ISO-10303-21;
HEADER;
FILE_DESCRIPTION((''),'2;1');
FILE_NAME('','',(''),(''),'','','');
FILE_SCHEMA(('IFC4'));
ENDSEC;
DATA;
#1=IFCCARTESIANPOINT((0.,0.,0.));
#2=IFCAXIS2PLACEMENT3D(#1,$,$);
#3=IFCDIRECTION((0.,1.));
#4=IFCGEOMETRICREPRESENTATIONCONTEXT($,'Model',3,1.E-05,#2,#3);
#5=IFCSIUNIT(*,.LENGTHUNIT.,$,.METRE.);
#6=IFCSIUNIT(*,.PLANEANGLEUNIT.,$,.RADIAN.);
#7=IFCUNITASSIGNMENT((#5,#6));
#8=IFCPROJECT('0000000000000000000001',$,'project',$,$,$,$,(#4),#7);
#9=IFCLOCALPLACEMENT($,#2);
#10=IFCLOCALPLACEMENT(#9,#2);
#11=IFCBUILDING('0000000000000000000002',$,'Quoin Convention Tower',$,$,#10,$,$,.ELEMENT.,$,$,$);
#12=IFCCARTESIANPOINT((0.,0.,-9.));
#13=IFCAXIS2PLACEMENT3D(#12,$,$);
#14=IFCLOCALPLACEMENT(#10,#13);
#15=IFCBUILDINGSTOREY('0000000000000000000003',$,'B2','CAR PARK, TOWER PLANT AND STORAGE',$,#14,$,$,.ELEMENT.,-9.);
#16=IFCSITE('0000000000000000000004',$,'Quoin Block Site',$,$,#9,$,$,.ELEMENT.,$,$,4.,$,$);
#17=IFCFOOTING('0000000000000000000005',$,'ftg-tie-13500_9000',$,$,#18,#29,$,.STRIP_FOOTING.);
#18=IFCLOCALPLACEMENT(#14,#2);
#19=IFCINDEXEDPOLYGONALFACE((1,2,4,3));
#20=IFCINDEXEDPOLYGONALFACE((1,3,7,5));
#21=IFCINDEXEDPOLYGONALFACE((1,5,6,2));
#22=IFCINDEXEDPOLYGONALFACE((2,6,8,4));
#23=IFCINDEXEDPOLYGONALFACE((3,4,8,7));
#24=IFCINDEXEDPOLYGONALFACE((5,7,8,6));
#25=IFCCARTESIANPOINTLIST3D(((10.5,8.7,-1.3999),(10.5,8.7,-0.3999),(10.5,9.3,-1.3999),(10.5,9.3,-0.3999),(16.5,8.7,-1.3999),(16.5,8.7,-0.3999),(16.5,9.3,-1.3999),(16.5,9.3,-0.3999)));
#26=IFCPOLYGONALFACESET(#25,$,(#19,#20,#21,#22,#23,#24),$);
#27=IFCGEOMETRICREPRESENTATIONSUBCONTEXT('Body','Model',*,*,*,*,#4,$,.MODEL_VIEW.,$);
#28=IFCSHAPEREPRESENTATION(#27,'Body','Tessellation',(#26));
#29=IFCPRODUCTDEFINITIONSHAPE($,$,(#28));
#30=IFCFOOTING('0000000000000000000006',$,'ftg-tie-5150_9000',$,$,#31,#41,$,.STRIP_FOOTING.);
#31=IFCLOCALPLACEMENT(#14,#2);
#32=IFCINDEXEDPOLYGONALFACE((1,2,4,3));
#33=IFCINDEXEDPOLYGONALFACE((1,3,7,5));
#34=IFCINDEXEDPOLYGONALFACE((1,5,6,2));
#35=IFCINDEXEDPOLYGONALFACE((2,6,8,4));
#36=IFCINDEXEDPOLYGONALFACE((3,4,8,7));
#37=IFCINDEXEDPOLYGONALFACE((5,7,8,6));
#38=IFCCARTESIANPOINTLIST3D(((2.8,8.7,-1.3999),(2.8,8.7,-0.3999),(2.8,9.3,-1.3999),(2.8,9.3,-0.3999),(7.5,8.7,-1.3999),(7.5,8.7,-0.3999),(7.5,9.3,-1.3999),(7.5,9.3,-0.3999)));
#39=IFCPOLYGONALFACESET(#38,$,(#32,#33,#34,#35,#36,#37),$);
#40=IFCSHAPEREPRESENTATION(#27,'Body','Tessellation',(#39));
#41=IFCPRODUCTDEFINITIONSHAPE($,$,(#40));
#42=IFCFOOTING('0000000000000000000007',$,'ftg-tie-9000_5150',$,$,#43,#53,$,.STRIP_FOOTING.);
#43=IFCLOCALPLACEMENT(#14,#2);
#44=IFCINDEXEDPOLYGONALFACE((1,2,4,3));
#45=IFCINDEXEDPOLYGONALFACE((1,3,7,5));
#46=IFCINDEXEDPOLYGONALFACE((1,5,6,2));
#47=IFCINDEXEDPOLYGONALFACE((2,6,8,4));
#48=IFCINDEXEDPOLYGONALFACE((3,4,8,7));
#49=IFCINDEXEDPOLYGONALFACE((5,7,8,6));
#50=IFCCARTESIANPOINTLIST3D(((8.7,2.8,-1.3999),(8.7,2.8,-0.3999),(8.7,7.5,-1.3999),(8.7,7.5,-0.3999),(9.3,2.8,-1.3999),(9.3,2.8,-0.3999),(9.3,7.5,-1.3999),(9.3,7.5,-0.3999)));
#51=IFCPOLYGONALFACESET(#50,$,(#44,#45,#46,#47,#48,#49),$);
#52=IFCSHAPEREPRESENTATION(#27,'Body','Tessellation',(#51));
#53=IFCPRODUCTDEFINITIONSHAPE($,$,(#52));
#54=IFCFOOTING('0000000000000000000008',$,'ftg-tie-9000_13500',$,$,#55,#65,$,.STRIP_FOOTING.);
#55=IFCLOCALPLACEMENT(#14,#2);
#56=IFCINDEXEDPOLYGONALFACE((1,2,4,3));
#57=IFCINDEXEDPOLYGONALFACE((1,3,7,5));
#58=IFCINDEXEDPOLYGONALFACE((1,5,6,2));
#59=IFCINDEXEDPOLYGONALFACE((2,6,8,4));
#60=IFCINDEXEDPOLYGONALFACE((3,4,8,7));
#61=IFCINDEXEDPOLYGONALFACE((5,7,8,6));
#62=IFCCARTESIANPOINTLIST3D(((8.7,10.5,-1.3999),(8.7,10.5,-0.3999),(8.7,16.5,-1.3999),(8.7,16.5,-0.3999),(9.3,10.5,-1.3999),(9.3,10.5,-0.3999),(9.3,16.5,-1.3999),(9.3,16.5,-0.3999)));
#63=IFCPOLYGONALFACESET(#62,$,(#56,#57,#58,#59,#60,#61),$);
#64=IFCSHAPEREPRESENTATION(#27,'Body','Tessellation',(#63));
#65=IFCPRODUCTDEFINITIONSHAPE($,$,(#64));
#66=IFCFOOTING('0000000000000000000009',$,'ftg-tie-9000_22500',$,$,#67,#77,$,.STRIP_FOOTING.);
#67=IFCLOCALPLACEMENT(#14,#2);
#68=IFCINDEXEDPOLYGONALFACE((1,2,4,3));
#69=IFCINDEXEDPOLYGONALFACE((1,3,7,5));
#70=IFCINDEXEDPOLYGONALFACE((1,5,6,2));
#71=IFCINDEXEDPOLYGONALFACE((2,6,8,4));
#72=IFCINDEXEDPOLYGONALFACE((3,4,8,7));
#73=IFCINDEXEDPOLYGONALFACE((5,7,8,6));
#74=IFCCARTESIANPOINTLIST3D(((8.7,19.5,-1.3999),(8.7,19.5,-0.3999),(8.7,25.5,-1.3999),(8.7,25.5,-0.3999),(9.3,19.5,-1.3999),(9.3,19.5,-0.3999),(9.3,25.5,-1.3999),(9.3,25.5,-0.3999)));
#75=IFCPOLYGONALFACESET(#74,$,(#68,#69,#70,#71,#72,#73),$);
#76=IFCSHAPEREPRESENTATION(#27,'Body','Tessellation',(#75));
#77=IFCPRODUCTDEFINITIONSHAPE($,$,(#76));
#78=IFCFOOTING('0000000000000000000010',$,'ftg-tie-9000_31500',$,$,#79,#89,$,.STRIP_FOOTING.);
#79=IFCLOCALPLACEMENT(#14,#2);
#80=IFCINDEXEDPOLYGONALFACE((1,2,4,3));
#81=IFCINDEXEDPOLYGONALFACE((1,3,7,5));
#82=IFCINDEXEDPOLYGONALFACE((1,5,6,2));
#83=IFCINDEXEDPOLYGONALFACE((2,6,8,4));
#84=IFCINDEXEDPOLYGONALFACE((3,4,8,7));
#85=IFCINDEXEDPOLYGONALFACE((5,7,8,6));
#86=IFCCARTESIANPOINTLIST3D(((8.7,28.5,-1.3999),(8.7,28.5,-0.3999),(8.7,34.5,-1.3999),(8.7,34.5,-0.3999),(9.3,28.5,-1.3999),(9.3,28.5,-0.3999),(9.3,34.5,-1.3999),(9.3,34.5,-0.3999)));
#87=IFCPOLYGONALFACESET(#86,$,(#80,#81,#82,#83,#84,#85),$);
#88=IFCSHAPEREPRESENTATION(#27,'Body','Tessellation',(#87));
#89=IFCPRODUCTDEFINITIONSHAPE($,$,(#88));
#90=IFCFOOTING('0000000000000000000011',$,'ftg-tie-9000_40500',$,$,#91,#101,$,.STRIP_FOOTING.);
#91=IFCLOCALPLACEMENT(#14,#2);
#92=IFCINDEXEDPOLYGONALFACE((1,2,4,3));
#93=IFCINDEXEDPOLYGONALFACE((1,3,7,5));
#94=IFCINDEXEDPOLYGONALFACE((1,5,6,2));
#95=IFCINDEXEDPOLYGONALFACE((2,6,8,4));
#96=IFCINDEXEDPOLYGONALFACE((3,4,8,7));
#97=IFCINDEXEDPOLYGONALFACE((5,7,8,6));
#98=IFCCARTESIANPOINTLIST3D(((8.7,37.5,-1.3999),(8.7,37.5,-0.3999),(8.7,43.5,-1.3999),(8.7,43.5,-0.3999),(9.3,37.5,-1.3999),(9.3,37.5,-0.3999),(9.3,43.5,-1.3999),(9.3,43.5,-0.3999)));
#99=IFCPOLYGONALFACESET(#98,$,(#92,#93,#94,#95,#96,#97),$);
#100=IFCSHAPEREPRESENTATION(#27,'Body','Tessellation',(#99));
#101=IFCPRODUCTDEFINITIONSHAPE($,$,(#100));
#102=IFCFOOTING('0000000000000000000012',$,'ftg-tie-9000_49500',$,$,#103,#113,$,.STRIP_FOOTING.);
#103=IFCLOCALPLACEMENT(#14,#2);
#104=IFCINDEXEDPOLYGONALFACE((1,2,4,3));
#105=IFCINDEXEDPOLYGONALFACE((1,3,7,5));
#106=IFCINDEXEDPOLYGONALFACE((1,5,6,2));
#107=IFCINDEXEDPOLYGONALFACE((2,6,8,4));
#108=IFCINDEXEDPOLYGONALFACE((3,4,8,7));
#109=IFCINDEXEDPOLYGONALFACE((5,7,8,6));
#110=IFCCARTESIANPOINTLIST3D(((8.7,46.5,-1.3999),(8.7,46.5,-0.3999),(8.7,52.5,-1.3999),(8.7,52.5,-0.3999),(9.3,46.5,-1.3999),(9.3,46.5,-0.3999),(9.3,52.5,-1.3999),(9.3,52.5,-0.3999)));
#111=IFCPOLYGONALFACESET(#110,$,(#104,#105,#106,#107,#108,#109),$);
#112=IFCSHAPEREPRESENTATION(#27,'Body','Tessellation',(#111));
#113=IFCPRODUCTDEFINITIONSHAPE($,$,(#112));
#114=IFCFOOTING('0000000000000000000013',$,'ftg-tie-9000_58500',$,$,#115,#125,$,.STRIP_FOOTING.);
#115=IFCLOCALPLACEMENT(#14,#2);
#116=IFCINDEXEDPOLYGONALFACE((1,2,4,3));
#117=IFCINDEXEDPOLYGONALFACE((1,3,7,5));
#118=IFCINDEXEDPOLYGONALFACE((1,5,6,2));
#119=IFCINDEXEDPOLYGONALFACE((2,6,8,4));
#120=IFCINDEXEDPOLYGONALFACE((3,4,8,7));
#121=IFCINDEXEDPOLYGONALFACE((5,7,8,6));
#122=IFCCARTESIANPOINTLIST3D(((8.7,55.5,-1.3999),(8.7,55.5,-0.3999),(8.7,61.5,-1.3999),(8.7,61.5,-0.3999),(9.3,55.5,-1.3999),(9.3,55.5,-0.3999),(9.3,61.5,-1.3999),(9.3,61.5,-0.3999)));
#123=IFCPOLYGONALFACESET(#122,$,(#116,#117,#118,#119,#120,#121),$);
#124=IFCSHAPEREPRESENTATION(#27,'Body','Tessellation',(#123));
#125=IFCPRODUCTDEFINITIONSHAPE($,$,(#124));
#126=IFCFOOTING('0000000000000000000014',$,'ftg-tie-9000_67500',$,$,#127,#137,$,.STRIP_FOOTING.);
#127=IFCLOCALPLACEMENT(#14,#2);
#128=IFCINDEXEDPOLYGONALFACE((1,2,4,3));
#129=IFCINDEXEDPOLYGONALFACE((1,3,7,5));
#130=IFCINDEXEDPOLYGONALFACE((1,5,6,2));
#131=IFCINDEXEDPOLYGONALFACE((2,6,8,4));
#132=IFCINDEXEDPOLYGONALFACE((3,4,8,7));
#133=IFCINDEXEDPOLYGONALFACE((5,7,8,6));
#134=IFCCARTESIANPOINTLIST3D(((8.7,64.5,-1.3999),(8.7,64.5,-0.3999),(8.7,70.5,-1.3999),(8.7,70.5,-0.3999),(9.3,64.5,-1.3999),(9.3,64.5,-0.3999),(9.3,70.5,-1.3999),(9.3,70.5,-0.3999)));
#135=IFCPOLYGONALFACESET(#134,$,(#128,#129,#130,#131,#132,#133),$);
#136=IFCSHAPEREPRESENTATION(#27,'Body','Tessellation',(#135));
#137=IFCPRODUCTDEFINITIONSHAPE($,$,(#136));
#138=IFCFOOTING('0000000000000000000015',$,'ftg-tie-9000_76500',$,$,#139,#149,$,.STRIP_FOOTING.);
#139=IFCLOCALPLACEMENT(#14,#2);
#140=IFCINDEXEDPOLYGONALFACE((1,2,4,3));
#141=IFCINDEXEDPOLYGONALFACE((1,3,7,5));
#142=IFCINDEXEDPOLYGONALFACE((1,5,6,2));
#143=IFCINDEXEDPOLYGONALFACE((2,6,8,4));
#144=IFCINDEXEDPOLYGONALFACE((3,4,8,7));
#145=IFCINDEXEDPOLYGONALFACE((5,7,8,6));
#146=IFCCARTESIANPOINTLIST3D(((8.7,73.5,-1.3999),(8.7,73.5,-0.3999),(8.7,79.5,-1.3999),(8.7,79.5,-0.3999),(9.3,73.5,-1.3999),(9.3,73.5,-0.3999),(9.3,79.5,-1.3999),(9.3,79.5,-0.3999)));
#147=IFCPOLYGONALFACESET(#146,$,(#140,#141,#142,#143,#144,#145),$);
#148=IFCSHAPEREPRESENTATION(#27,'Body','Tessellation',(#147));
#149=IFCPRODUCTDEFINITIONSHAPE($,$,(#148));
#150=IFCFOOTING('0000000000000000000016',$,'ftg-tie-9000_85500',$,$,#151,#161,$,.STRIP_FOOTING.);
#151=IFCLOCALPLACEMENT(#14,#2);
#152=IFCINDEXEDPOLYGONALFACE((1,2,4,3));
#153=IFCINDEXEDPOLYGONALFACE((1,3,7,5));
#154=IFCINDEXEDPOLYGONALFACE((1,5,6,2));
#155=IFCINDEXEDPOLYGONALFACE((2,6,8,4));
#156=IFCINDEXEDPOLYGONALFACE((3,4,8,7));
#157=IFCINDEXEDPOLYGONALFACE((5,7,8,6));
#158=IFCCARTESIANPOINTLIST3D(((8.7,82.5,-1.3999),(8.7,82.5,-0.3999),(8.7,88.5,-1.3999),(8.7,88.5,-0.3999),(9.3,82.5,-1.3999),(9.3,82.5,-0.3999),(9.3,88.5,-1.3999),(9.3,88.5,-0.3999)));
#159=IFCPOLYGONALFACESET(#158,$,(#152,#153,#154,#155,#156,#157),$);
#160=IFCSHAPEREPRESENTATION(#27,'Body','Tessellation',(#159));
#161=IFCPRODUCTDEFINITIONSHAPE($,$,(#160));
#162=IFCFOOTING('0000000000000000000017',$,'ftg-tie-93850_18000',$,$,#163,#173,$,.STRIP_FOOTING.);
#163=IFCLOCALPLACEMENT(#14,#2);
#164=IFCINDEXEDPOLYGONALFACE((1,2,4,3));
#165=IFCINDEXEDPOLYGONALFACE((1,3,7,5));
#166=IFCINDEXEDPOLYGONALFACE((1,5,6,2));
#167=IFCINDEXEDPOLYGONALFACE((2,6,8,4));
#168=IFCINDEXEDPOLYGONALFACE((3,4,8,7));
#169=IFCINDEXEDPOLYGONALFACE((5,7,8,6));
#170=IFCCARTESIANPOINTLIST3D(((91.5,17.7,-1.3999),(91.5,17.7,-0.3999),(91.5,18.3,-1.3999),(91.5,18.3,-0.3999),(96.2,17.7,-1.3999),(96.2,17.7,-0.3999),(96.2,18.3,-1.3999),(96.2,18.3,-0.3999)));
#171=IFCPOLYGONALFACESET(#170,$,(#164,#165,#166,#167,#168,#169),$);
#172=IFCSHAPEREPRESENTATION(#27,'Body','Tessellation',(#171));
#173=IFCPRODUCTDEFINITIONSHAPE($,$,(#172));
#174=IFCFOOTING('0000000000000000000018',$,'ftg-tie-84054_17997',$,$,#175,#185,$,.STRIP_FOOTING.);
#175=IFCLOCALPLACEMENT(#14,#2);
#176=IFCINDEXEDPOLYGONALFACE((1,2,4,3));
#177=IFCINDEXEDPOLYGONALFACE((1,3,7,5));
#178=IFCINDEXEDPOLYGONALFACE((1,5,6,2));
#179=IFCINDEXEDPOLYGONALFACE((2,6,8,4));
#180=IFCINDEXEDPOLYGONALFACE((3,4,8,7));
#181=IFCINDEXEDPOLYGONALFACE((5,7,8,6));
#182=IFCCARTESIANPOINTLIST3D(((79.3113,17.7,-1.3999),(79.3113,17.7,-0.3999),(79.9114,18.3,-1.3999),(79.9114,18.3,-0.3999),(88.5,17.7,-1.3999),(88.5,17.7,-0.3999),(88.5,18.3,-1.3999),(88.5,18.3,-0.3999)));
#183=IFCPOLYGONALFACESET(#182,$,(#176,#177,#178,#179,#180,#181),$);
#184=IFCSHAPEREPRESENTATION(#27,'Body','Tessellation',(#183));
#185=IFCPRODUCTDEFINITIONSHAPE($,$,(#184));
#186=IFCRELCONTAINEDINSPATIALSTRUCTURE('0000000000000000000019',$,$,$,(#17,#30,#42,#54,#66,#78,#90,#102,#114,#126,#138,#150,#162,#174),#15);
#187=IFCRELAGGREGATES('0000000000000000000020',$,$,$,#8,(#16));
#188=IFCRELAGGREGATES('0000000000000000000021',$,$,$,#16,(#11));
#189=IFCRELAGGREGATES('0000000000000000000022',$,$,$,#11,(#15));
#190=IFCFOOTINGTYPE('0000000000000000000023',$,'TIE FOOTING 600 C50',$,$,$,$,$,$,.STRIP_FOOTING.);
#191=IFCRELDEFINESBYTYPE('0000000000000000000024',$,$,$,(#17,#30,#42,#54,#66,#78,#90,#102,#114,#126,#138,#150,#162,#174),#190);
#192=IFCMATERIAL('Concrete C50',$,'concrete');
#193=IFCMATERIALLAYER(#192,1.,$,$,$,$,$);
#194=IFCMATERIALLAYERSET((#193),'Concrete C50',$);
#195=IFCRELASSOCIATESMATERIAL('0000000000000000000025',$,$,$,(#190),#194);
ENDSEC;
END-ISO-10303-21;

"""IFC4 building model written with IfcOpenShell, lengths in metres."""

from ifc_helpers import new_model, si_unit, direction, frame, origin, place, context, subcontext, project, spatial, polyline, outline, extrude, material, layer, layer_set, type_object, element, save


model = new_model("IFC4")

# Units and contexts
model_context = context("Model", 3, precision=1e-05, world=origin(), true_north=direction((0.0, 1.0)))
body_context = subcontext(model_context, "Body", "Model", "MODEL_VIEW")
ifc_project = project(units=[si_unit("LENGTHUNIT", "METRE"), si_unit("PLANEANGLEUNIT", "RADIAN")], contexts=[model_context])

# Site, building, storey
site_placement = place(None, origin())
site = spatial("IfcSite", under=ifc_project, at=site_placement, Name="Quoin Block Site", CompositionType="ELEMENT", RefElevation=4.0)
building_placement = place(site_placement, origin())
building = spatial("IfcBuilding", under=site, at=building_placement, Name="Quoin Convention Tower", CompositionType="ELEMENT")
storey_placement = place(building_placement, frame((0.0, 0.0, -9.0)))
storey = spatial("IfcBuildingStorey", under=building, at=storey_placement, Name="B2", Description="CAR PARK, TOWER PLANT AND STORAGE", CompositionType="ELEMENT", Elevation=-9.0)

# Footings
ifc_material = material(Name="Concrete C50", Category="concrete")
ifc_layer_1 = layer(ifc_material, 1.0)
ifc_layer_set_1 = layer_set([ifc_layer_1], Name="Concrete C50")
footing_type_1 = type_object("IfcFootingType", Name="TIE FOOTING 600 C50", PredefinedType="STRIP_FOOTING", material=ifc_layer_set_1)
footing_1_placement = place(storey_placement, frame((0.0, 0.0, -1.3999)))
element("IfcFooting", 1, at=footing_1_placement, inside=storey, type_object=footing_type_1, Name="ftg-tie-13500_9000", PredefinedType="STRIP_FOOTING", context=body_context, shape_type="SweptSolid", body=[
    extrude(outline(polyline([(16.5, 9.3), (16.5, 8.7), (10.5, 8.7), (10.5, 9.3), (16.5, 9.3)])), origin(), (0.0, 0.0, 1.0), 1.0),
])
footing_2_placement = place(storey_placement, frame((0.0, 0.0, -1.3999)))
element("IfcFooting", 2, at=footing_2_placement, inside=storey, type_object=footing_type_1, Name="ftg-tie-5150_9000", PredefinedType="STRIP_FOOTING", context=body_context, shape_type="SweptSolid", body=[
    extrude(outline(polyline([(7.5, 9.3), (7.5, 8.7), (2.8, 8.7), (2.8, 9.3), (7.5, 9.3)])), origin(), (0.0, 0.0, 1.0), 1.0),
])
footing_3_placement = place(storey_placement, frame((0.0, 0.0, -1.3999)))
element("IfcFooting", 3, at=footing_3_placement, inside=storey, type_object=footing_type_1, Name="ftg-tie-9000_5150", PredefinedType="STRIP_FOOTING", context=body_context, shape_type="SweptSolid", body=[
    extrude(outline(polyline([(9.3, 7.5), (9.3, 2.8), (8.7, 2.8), (8.7, 7.5), (9.3, 7.5)])), origin(), (0.0, 0.0, 1.0), 1.0),
])
footing_4_placement = place(storey_placement, frame((0.0, 0.0, -1.3999)))
element("IfcFooting", 4, at=footing_4_placement, inside=storey, type_object=footing_type_1, Name="ftg-tie-9000_13500", PredefinedType="STRIP_FOOTING", context=body_context, shape_type="SweptSolid", body=[
    extrude(outline(polyline([(9.3, 16.5), (9.3, 10.5), (8.7, 10.5), (8.7, 16.5), (9.3, 16.5)])), origin(), (0.0, 0.0, 1.0), 1.0),
])
footing_5_placement = place(storey_placement, frame((0.0, 0.0, -1.3999)))
element("IfcFooting", 5, at=footing_5_placement, inside=storey, type_object=footing_type_1, Name="ftg-tie-9000_22500", PredefinedType="STRIP_FOOTING", context=body_context, shape_type="SweptSolid", body=[
    extrude(outline(polyline([(9.3, 25.5), (9.3, 19.5), (8.7, 19.5), (8.7, 25.5), (9.3, 25.5)])), origin(), (0.0, 0.0, 1.0), 1.0),
])
footing_6_placement = place(storey_placement, frame((0.0, 0.0, -1.3999)))
element("IfcFooting", 6, at=footing_6_placement, inside=storey, type_object=footing_type_1, Name="ftg-tie-9000_31500", PredefinedType="STRIP_FOOTING", context=body_context, shape_type="SweptSolid", body=[
    extrude(outline(polyline([(9.3, 34.5), (9.3, 28.5), (8.7, 28.5), (8.7, 34.5), (9.3, 34.5)])), origin(), (0.0, 0.0, 1.0), 1.0),
])
footing_7_placement = place(storey_placement, frame((0.0, 0.0, -1.3999)))
element("IfcFooting", 7, at=footing_7_placement, inside=storey, type_object=footing_type_1, Name="ftg-tie-9000_40500", PredefinedType="STRIP_FOOTING", context=body_context, shape_type="SweptSolid", body=[
    extrude(outline(polyline([(9.3, 43.5), (9.3, 37.5), (8.7, 37.5), (8.7, 43.5), (9.3, 43.5)])), origin(), (0.0, 0.0, 1.0), 1.0),
])
footing_8_placement = place(storey_placement, frame((0.0, 0.0, -1.3999)))
element("IfcFooting", 8, at=footing_8_placement, inside=storey, type_object=footing_type_1, Name="ftg-tie-9000_49500", PredefinedType="STRIP_FOOTING", context=body_context, shape_type="SweptSolid", body=[
    extrude(outline(polyline([(9.3, 52.5), (9.3, 46.5), (8.7, 46.5), (8.7, 52.5), (9.3, 52.5)])), origin(), (0.0, 0.0, 1.0), 1.0),
])
footing_9_placement = place(storey_placement, frame((0.0, 0.0, -1.3999)))
element("IfcFooting", 9, at=footing_9_placement, inside=storey, type_object=footing_type_1, Name="ftg-tie-9000_58500", PredefinedType="STRIP_FOOTING", context=body_context, shape_type="SweptSolid", body=[
    extrude(outline(polyline([(9.3, 61.5), (9.3, 55.5), (8.7, 55.5), (8.7, 61.5), (9.3, 61.5)])), origin(), (0.0, 0.0, 1.0), 1.0),
])
footing_10_placement = place(storey_placement, frame((0.0, 0.0, -1.3999)))
element("IfcFooting", 10, at=footing_10_placement, inside=storey, type_object=footing_type_1, Name="ftg-tie-9000_67500", PredefinedType="STRIP_FOOTING", context=body_context, shape_type="SweptSolid", body=[
    extrude(outline(polyline([(9.3, 70.5), (9.3, 64.5), (8.7, 64.5), (8.7, 70.5), (9.3, 70.5)])), origin(), (0.0, 0.0, 1.0), 1.0),
])
footing_11_placement = place(storey_placement, frame((0.0, 0.0, -1.3999)))
element("IfcFooting", 11, at=footing_11_placement, inside=storey, type_object=footing_type_1, Name="ftg-tie-9000_76500", PredefinedType="STRIP_FOOTING", context=body_context, shape_type="SweptSolid", body=[
    extrude(outline(polyline([(9.3, 79.5), (9.3, 73.5), (8.7, 73.5), (8.7, 79.5), (9.3, 79.5)])), origin(), (0.0, 0.0, 1.0), 1.0),
])
footing_12_placement = place(storey_placement, frame((0.0, 0.0, -1.3999)))
element("IfcFooting", 12, at=footing_12_placement, inside=storey, type_object=footing_type_1, Name="ftg-tie-9000_85500", PredefinedType="STRIP_FOOTING", context=body_context, shape_type="SweptSolid", body=[
    extrude(outline(polyline([(9.3, 88.5), (9.3, 82.5), (8.7, 82.5), (8.7, 88.5), (9.3, 88.5)])), origin(), (0.0, 0.0, 1.0), 1.0),
])
footing_13_placement = place(storey_placement, frame((0.0, 0.0, -1.3999)))
element("IfcFooting", 13, at=footing_13_placement, inside=storey, type_object=footing_type_1, Name="ftg-tie-93850_18000", PredefinedType="STRIP_FOOTING", context=body_context, shape_type="SweptSolid", body=[
    extrude(outline(polyline([(96.2, 17.7), (91.5, 17.7), (91.5, 18.3), (96.2, 18.3), (96.2, 17.7)])), origin(), (0.0, 0.0, 1.0), 1.0),
])
footing_14_placement = place(storey_placement, frame((0.0, 0.0, -1.3999)))
element("IfcFooting", 14, at=footing_14_placement, inside=storey, type_object=footing_type_1, Name="ftg-tie-84054_17997", PredefinedType="STRIP_FOOTING", context=body_context, shape_type="SweptSolid", body=[
    extrude(outline(polyline([(88.5, 17.7), (79.3113, 17.7), (79.9114, 18.3), (88.5, 18.3), (88.5, 17.7)])), origin(), (0.0, 0.0, 1.0), 1.0),
])

save(model, "model.ifc")
